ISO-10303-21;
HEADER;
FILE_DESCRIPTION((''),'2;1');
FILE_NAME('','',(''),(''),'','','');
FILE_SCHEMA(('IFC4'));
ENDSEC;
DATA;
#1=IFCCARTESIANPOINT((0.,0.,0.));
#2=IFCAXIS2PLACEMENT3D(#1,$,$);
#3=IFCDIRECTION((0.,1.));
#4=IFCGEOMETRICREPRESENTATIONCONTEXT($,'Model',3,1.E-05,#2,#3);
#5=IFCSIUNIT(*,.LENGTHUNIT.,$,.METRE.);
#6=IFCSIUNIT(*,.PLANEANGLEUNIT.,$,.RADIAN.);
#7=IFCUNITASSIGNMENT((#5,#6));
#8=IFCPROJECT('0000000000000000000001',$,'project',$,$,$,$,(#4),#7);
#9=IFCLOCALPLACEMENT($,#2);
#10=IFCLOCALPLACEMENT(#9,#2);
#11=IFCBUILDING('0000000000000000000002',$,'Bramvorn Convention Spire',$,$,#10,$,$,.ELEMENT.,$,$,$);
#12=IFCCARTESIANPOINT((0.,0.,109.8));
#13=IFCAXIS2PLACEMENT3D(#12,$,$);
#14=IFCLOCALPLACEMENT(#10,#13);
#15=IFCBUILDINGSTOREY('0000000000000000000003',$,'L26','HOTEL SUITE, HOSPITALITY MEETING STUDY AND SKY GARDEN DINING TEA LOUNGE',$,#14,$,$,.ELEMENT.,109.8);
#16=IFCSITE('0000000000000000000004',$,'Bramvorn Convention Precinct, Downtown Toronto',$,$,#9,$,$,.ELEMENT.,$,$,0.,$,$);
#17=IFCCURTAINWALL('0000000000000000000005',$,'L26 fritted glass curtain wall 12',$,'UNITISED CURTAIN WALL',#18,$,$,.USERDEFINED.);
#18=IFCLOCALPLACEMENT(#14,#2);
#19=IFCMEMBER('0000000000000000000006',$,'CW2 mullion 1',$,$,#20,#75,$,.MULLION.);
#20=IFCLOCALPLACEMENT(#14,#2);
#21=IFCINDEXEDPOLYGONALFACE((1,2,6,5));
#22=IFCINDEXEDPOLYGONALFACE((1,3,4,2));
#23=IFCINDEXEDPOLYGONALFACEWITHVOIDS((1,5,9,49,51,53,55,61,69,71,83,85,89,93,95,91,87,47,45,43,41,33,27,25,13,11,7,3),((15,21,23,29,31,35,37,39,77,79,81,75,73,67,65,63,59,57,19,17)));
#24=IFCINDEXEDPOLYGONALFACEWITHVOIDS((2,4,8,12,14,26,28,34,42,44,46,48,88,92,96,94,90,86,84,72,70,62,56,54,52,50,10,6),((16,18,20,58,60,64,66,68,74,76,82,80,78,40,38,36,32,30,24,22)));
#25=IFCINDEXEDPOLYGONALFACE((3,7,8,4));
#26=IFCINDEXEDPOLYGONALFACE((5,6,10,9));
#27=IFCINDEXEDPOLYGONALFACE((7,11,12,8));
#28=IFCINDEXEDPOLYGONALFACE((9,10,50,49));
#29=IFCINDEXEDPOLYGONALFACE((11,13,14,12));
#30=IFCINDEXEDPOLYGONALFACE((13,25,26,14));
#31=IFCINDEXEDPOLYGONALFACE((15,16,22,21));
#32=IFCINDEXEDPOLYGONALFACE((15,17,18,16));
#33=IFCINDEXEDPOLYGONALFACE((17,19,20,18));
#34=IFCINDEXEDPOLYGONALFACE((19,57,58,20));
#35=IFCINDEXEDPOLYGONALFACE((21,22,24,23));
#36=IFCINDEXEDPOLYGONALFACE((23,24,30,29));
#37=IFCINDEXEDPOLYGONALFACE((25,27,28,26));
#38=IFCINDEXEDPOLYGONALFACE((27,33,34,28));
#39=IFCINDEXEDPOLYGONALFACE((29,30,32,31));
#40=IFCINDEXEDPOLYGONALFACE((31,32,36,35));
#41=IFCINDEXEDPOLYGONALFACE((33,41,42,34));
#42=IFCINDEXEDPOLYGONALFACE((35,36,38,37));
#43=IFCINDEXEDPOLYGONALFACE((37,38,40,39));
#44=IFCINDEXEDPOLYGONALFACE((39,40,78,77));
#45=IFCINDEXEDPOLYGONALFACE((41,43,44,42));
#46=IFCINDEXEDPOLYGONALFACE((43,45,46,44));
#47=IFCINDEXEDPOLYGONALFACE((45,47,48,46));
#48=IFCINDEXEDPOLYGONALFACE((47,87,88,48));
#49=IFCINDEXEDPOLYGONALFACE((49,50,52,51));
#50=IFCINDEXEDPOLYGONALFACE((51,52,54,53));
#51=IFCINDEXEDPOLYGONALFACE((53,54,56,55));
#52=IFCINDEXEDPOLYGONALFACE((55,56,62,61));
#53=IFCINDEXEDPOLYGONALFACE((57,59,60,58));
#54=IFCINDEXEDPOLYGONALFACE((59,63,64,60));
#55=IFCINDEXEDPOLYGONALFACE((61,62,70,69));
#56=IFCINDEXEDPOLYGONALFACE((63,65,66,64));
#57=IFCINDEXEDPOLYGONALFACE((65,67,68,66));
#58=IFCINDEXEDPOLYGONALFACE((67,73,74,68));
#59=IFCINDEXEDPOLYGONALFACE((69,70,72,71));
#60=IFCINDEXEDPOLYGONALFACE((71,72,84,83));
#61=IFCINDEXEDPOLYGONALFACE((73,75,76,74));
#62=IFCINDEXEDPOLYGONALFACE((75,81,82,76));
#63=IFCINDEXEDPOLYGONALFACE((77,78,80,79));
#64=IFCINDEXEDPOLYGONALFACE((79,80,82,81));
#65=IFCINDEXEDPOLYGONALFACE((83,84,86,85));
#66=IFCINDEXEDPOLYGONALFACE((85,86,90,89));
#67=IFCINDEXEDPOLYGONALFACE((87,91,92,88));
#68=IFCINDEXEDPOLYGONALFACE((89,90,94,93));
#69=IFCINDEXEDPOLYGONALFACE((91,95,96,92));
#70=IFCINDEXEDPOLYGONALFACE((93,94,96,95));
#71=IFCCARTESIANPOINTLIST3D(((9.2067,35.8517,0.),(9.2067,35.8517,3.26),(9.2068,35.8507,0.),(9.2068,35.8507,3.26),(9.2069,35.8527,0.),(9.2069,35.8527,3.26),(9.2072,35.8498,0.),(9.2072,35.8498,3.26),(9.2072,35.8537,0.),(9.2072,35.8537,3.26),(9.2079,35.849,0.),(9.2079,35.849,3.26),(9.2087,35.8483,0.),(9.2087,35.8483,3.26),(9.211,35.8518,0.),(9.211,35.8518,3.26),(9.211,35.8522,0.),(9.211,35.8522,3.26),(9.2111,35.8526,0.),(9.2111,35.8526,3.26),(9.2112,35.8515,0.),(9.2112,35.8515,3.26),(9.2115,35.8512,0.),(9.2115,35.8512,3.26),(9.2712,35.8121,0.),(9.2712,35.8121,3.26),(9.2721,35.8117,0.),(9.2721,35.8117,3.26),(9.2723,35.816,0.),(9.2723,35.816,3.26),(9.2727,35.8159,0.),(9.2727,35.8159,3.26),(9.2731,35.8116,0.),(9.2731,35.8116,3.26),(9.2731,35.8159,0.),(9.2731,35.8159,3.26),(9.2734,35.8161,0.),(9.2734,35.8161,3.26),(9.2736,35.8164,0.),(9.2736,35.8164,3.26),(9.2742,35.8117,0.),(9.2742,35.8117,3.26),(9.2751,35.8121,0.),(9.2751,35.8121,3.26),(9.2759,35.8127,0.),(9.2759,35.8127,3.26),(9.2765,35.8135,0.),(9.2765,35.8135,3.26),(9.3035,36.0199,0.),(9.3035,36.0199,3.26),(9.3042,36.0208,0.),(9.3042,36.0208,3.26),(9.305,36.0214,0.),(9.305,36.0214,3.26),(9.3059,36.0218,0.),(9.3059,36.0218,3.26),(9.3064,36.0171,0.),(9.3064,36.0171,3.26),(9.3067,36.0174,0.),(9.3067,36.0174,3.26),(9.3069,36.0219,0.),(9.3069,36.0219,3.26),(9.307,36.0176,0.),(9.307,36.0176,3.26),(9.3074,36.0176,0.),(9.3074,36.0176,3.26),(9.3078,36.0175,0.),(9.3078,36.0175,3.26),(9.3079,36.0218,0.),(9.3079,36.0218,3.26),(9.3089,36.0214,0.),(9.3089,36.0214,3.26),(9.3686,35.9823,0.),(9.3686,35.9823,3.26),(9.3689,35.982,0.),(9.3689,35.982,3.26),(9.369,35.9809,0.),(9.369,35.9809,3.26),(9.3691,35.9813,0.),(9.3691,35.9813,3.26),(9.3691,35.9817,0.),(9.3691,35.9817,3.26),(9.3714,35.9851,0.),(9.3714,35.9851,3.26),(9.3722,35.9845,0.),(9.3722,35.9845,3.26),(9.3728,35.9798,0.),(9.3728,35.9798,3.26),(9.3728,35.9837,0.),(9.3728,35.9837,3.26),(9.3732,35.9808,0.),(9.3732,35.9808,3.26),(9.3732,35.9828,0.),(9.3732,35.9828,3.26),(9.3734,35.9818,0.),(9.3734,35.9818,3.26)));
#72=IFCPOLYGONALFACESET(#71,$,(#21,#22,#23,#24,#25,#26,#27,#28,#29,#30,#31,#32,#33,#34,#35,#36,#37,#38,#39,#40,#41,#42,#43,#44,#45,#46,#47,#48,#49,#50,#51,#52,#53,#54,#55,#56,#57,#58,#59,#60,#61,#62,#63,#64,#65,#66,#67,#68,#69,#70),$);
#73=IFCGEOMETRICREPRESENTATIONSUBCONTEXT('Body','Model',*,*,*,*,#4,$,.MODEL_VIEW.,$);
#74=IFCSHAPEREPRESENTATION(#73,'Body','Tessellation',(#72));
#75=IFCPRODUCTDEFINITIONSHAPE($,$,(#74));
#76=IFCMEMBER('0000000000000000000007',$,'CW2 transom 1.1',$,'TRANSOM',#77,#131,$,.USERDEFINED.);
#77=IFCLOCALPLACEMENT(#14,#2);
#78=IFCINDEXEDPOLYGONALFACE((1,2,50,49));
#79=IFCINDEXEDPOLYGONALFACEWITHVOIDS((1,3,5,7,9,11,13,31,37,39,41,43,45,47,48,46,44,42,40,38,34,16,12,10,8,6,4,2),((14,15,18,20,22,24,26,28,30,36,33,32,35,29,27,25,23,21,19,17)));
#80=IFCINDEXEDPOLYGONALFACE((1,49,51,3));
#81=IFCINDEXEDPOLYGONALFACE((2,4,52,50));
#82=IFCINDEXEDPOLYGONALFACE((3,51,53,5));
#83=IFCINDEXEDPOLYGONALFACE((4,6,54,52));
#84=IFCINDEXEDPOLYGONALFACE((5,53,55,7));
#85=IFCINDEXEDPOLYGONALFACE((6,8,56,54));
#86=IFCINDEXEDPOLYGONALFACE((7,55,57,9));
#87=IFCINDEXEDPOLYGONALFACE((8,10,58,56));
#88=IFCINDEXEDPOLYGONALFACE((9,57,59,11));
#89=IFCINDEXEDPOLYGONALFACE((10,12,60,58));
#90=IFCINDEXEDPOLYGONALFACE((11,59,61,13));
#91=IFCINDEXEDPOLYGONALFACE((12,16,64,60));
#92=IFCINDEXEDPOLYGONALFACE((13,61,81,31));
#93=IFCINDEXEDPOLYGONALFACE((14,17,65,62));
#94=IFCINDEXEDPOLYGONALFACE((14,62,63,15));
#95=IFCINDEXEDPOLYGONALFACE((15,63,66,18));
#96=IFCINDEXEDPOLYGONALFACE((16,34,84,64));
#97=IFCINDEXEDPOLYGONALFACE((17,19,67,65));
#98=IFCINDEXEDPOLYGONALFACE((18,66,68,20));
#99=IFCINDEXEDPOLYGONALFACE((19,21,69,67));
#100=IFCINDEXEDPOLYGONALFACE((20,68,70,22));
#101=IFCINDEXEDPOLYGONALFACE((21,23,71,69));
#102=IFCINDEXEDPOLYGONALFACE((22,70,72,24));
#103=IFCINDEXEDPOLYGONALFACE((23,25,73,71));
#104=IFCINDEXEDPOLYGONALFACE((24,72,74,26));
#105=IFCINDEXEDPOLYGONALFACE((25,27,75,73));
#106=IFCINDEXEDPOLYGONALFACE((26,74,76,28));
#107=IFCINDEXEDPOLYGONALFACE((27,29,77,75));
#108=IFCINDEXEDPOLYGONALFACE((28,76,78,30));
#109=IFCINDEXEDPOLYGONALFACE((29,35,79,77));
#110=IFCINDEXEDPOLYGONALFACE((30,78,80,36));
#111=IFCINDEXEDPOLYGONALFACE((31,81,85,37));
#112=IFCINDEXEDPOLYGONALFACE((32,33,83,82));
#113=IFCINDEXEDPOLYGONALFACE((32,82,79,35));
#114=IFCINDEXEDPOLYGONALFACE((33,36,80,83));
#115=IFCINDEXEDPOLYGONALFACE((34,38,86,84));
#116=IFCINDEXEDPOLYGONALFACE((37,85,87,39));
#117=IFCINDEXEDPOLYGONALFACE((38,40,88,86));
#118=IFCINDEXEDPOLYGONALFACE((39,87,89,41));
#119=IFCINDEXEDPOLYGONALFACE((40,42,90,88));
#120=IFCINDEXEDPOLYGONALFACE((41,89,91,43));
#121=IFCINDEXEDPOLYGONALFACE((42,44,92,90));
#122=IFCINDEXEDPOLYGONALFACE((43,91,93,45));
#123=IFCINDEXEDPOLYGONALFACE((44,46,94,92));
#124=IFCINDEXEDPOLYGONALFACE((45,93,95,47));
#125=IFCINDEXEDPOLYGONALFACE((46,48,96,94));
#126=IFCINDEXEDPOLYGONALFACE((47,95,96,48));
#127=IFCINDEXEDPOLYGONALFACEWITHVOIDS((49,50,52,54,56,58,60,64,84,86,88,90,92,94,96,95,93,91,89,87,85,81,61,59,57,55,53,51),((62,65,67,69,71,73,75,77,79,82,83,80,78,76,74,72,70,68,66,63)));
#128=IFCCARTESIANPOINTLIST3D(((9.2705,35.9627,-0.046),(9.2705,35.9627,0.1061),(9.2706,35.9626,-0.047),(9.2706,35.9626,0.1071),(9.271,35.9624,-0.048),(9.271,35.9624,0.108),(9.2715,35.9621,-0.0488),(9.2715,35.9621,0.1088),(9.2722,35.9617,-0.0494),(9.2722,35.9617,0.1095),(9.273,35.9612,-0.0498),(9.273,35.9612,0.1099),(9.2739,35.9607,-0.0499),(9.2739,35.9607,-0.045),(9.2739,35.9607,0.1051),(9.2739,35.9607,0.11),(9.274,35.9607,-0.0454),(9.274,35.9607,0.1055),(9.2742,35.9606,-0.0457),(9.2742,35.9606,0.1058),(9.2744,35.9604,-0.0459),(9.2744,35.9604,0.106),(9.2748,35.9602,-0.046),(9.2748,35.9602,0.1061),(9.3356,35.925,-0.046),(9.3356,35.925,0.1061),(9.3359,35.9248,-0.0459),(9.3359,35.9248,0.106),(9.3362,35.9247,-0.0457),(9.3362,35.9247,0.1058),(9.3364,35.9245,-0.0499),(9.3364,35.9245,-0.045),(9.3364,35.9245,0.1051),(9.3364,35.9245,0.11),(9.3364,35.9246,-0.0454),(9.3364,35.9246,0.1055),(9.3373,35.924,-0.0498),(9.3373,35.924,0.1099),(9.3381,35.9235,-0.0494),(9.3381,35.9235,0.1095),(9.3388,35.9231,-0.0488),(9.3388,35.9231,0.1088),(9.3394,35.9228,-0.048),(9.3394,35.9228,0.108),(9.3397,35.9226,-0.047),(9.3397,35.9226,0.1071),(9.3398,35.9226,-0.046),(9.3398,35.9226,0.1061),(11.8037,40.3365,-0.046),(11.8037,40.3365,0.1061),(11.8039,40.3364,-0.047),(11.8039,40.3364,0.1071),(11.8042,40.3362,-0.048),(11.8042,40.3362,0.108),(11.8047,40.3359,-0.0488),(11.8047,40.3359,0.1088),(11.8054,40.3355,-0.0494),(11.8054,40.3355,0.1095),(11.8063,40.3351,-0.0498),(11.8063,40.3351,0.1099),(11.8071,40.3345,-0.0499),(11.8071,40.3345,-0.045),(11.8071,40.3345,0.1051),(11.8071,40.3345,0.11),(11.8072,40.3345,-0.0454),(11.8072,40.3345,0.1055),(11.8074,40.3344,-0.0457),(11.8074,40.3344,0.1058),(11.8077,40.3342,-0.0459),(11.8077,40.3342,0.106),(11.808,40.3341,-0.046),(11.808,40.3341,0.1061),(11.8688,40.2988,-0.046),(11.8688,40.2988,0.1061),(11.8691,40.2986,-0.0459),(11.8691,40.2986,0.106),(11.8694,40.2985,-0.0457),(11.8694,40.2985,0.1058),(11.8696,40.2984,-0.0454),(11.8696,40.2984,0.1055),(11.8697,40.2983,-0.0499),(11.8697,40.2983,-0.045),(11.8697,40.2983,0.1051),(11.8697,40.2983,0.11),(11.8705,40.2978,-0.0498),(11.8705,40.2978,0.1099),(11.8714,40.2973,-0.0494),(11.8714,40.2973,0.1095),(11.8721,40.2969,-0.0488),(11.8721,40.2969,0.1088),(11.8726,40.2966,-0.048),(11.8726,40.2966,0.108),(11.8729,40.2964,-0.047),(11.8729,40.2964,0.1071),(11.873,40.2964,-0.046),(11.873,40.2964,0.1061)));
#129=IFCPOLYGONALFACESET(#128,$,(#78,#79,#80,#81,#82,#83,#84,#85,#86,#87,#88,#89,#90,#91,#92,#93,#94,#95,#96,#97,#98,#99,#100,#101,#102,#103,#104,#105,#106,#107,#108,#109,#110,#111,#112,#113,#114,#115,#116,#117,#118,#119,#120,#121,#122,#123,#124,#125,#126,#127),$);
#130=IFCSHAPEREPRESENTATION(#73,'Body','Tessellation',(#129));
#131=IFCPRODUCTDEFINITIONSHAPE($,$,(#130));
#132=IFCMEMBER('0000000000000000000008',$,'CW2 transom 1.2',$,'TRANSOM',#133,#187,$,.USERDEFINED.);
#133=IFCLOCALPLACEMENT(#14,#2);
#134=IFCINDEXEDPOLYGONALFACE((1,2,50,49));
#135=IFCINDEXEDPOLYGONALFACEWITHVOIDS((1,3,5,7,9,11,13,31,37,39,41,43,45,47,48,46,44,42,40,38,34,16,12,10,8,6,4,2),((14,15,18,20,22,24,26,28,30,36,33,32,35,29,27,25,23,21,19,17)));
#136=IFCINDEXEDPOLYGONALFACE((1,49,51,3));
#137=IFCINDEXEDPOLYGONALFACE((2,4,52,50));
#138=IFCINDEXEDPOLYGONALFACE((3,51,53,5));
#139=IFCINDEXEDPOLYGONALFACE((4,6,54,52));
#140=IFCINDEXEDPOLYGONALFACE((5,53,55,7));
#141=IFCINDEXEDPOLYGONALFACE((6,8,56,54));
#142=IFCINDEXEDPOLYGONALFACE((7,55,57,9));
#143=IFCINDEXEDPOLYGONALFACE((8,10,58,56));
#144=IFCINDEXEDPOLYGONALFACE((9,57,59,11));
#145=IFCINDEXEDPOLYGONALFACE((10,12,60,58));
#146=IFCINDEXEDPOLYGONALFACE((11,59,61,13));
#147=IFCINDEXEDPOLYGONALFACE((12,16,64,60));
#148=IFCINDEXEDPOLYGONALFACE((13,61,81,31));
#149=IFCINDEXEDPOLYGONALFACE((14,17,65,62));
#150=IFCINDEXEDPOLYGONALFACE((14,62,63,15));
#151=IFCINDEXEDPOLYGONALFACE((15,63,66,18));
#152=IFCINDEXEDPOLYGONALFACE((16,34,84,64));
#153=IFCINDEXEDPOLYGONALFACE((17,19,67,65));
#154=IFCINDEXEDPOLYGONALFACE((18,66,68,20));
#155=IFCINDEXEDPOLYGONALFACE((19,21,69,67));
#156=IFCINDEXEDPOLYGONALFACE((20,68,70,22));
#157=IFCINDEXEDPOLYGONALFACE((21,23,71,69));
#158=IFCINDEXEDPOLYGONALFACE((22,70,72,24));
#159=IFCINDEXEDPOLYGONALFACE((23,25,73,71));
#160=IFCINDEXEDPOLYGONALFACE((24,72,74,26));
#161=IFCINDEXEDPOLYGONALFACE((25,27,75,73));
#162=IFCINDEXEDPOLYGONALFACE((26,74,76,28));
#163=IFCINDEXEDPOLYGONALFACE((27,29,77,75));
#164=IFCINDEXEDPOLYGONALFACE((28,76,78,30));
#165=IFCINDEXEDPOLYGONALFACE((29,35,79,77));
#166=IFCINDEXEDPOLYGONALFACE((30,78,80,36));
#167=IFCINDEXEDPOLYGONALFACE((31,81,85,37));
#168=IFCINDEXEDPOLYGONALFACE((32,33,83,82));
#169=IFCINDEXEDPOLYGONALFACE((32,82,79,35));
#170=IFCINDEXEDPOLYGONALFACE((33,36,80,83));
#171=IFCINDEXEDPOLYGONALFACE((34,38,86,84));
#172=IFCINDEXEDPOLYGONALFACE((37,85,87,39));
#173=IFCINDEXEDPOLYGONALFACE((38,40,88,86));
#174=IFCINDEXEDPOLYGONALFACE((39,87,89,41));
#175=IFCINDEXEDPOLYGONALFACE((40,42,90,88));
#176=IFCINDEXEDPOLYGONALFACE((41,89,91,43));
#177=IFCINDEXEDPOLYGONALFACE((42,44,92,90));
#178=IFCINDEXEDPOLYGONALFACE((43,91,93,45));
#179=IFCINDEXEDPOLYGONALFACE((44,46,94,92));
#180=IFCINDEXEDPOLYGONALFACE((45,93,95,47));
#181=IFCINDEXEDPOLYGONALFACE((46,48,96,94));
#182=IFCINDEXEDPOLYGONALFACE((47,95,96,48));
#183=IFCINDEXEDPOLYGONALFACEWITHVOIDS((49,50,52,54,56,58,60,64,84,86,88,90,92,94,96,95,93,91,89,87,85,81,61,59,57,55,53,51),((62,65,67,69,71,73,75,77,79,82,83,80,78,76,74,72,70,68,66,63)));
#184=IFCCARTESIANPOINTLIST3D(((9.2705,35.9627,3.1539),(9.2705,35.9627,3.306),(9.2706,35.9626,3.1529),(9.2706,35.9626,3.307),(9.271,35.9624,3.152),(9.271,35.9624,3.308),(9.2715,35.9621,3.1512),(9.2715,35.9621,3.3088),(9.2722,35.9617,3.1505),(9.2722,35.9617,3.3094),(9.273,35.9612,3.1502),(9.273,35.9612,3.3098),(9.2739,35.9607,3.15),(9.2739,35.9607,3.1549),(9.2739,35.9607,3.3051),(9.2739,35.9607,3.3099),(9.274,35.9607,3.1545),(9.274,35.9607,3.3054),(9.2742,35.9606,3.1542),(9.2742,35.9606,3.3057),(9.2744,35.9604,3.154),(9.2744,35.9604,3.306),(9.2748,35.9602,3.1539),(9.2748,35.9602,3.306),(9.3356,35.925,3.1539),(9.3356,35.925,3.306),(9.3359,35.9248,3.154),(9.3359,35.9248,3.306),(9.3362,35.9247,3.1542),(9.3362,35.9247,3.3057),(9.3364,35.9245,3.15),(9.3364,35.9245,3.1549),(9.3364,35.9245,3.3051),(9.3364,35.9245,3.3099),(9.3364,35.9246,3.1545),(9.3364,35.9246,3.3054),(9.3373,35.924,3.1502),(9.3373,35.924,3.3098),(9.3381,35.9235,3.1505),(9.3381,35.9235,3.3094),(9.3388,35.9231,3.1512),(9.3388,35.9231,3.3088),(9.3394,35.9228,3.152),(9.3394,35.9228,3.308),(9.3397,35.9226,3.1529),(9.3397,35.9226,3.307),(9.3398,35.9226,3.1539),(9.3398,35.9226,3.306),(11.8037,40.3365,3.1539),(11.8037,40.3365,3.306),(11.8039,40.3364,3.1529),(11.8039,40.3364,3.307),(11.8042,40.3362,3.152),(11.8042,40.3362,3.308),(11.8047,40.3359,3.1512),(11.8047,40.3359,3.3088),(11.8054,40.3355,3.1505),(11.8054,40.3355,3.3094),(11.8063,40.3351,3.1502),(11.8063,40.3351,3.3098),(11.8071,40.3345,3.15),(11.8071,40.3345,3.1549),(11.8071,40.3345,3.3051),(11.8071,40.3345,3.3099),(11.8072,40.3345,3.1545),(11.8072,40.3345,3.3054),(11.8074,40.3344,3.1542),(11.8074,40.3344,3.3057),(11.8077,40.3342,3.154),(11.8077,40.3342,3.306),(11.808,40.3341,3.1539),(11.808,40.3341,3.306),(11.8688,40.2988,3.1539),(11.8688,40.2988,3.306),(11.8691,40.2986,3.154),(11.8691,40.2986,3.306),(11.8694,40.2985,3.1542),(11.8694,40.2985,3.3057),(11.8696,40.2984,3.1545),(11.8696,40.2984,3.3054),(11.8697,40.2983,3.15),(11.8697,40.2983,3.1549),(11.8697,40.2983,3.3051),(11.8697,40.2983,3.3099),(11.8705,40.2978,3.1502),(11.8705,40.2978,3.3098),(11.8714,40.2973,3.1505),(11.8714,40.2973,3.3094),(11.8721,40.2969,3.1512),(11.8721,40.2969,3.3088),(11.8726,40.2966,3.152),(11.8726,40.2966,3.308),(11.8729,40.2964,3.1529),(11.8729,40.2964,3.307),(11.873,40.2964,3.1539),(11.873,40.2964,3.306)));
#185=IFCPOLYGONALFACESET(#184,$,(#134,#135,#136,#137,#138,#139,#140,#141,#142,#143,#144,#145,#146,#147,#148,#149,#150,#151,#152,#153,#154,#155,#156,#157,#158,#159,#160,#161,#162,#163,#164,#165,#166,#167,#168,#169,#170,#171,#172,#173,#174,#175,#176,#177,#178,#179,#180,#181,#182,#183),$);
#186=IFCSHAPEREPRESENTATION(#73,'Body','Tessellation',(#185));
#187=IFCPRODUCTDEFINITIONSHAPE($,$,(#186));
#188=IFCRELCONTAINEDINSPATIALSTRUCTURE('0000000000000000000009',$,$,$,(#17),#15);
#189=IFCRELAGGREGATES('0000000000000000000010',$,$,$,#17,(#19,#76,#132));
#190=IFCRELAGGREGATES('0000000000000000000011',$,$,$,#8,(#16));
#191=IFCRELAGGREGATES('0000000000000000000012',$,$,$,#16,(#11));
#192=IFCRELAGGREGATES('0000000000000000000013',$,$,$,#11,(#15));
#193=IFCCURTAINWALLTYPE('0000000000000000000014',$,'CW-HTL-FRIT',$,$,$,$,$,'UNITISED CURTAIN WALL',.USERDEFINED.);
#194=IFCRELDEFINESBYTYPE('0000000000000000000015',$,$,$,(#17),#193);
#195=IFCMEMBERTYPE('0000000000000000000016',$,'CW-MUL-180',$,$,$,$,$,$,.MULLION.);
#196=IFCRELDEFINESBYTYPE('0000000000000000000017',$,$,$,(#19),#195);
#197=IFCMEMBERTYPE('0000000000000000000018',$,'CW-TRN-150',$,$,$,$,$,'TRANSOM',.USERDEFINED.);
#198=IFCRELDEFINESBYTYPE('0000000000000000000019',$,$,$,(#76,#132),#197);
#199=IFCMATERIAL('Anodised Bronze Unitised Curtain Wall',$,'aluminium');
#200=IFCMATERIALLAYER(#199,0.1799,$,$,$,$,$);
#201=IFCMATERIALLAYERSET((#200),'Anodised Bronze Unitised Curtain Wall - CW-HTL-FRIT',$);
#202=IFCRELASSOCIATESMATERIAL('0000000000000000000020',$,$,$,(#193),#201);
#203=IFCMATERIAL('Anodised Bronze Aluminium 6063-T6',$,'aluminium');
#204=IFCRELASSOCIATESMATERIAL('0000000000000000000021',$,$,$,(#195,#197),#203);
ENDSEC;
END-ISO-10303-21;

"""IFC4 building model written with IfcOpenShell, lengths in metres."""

from ifc_helpers import new_model, si_unit, direction, frame, origin, origin_2d, place, context, subcontext, project, spatial, hollow_rectangle, extrude, material, layer, layer_set, material_profile, profile_set, type_object, element, aggregate, save


model = new_model("IFC4")

# Units and contexts
model_context = context("Model", 3, precision=1e-05, world=origin(), true_north=direction((0.0, 1.0)))
body_context = subcontext(model_context, "Body", "Model", "MODEL_VIEW")
ifc_project = project(units=[si_unit("LENGTHUNIT", "METRE"), si_unit("PLANEANGLEUNIT", "RADIAN")], contexts=[model_context])

# Site, building, storey
site_placement = place(None, origin())
site = spatial("IfcSite", under=ifc_project, at=site_placement, Name="Bramvorn Convention Precinct, Downtown Toronto", CompositionType="ELEMENT", RefElevation=0.0)
building_placement = place(site_placement, origin())
building = spatial("IfcBuilding", under=site, at=building_placement, Name="Bramvorn Convention Spire", CompositionType="ELEMENT")
storey_placement = place(building_placement, frame((0.0, 0.0, 109.8)))
storey = spatial("IfcBuildingStorey", under=building, at=storey_placement, Name="L26", Description="HOTEL SUITE, HOSPITALITY MEETING STUDY AND SKY GARDEN DINING TEA LOUNGE", CompositionType="ELEMENT", Elevation=109.8)

# Curtain wall, members
ifc_material_1 = material(Name="Anodised Bronze Unitised Curtain Wall", Category="aluminium")
ifc_layer_1 = layer(ifc_material_1, 0.1799)
ifc_layer_set_1 = layer_set([ifc_layer_1], Name="Anodised Bronze Unitised Curtain Wall - CW-HTL-FRIT")
curtain_wall_type = type_object("IfcCurtainWallType", Name="CW-HTL-FRIT", ElementType="UNITISED CURTAIN WALL", PredefinedType="USERDEFINED", material=ifc_layer_set_1)
curtain_wall_placement = place(storey_placement, origin())
curtain_wall = element("IfcCurtainWall", 1, at=curtain_wall_placement, inside=storey, type_object=curtain_wall_type, Name="L26 fritted glass curtain wall 12", ObjectType="UNITISED CURTAIN WALL", PredefinedType="USERDEFINED")
ifc_material_2 = material(Name="Anodised Bronze Aluminium 6063-T6", Category="aluminium")
ifc_material_profile_1 = material_profile(ifc_material_2, hollow_rectangle(XDim=0.0801, YDim=0.2, WallThickness=0.0039, InnerFilletRadius=0.001, OuterFilletRadius=0.0039, at=origin_2d()))
ifc_profile_set_1 = profile_set([ifc_material_profile_1], Name="Anodised Bronze Aluminium 6063-T6 - CWM80X200")
member_type_1 = type_object("IfcMemberType", Name="CW-MUL-180", PredefinedType="MULLION", material=ifc_profile_set_1)
member_1_placement = place(storey_placement, frame((9.29, 35.9167, 0.0), z_axis=(0.0, 0.0, 1.0), x_axis=(-0.865329, 0.501205, 0.0)))
member_1 = element("IfcMember", 2, at=member_1_placement, type_object=member_type_1, Name="CW2 mullion 1", PredefinedType="MULLION", context=body_context, shape_type="SweptSolid", body=[
    extrude(hollow_rectangle(XDim=0.0801, YDim=0.2, WallThickness=0.0039, InnerFilletRadius=0.001, OuterFilletRadius=0.0039, at=origin_2d()), origin(), (0.0, 0.0, 1.0), 3.26),
])
ifc_material_profile_2 = material_profile(ifc_material_2, hollow_rectangle(XDim=0.0801, YDim=0.1599, WallThickness=0.0039, InnerFilletRadius=0.001, OuterFilletRadius=0.0039, at=origin_2d()))
ifc_profile_set_2 = profile_set([ifc_material_profile_2], Name="Anodised Bronze Aluminium 6063-T6 - CWT80X160")
member_type_2 = type_object("IfcMemberType", Name="CW-TRN-150", ElementType="TRANSOM", PredefinedType="USERDEFINED", material=ifc_profile_set_2)
member_2_placement = place(storey_placement, frame((9.3052, 35.9426, 0.03), z_axis=(0.501187, 0.865339, 0.0), x_axis=(-0.865339, 0.501187, 0.0)))
member_2 = element("IfcMember", 3, at=member_2_placement, type_object=member_type_2, Name="CW2 transom 1.1", ObjectType="TRANSOM", PredefinedType="USERDEFINED", context=body_context, shape_type="SweptSolid", body=[
    extrude(hollow_rectangle(XDim=0.0801, YDim=0.1599, WallThickness=0.0039, InnerFilletRadius=0.001, OuterFilletRadius=0.0039, at=origin_2d()), origin(), (0.0, 0.0, 1.0), 5.0544),
])
member_3_placement = place(storey_placement, frame((9.3052, 35.9426, 3.23), z_axis=(0.501187, 0.865339, 0.0), x_axis=(-0.865339, 0.501187, 0.0)))
member_3 = element("IfcMember", 4, at=member_3_placement, type_object=member_type_2, Name="CW2 transom 1.2", ObjectType="TRANSOM", PredefinedType="USERDEFINED", context=body_context, shape_type="SweptSolid", body=[
    extrude(hollow_rectangle(XDim=0.0801, YDim=0.1599, WallThickness=0.0039, InnerFilletRadius=0.001, OuterFilletRadius=0.0039, at=origin_2d()), origin(), (0.0, 0.0, 1.0), 5.0544),
])
aggregate(curtain_wall, [member_1, member_2, member_3])

save(model, "model.ifc")
